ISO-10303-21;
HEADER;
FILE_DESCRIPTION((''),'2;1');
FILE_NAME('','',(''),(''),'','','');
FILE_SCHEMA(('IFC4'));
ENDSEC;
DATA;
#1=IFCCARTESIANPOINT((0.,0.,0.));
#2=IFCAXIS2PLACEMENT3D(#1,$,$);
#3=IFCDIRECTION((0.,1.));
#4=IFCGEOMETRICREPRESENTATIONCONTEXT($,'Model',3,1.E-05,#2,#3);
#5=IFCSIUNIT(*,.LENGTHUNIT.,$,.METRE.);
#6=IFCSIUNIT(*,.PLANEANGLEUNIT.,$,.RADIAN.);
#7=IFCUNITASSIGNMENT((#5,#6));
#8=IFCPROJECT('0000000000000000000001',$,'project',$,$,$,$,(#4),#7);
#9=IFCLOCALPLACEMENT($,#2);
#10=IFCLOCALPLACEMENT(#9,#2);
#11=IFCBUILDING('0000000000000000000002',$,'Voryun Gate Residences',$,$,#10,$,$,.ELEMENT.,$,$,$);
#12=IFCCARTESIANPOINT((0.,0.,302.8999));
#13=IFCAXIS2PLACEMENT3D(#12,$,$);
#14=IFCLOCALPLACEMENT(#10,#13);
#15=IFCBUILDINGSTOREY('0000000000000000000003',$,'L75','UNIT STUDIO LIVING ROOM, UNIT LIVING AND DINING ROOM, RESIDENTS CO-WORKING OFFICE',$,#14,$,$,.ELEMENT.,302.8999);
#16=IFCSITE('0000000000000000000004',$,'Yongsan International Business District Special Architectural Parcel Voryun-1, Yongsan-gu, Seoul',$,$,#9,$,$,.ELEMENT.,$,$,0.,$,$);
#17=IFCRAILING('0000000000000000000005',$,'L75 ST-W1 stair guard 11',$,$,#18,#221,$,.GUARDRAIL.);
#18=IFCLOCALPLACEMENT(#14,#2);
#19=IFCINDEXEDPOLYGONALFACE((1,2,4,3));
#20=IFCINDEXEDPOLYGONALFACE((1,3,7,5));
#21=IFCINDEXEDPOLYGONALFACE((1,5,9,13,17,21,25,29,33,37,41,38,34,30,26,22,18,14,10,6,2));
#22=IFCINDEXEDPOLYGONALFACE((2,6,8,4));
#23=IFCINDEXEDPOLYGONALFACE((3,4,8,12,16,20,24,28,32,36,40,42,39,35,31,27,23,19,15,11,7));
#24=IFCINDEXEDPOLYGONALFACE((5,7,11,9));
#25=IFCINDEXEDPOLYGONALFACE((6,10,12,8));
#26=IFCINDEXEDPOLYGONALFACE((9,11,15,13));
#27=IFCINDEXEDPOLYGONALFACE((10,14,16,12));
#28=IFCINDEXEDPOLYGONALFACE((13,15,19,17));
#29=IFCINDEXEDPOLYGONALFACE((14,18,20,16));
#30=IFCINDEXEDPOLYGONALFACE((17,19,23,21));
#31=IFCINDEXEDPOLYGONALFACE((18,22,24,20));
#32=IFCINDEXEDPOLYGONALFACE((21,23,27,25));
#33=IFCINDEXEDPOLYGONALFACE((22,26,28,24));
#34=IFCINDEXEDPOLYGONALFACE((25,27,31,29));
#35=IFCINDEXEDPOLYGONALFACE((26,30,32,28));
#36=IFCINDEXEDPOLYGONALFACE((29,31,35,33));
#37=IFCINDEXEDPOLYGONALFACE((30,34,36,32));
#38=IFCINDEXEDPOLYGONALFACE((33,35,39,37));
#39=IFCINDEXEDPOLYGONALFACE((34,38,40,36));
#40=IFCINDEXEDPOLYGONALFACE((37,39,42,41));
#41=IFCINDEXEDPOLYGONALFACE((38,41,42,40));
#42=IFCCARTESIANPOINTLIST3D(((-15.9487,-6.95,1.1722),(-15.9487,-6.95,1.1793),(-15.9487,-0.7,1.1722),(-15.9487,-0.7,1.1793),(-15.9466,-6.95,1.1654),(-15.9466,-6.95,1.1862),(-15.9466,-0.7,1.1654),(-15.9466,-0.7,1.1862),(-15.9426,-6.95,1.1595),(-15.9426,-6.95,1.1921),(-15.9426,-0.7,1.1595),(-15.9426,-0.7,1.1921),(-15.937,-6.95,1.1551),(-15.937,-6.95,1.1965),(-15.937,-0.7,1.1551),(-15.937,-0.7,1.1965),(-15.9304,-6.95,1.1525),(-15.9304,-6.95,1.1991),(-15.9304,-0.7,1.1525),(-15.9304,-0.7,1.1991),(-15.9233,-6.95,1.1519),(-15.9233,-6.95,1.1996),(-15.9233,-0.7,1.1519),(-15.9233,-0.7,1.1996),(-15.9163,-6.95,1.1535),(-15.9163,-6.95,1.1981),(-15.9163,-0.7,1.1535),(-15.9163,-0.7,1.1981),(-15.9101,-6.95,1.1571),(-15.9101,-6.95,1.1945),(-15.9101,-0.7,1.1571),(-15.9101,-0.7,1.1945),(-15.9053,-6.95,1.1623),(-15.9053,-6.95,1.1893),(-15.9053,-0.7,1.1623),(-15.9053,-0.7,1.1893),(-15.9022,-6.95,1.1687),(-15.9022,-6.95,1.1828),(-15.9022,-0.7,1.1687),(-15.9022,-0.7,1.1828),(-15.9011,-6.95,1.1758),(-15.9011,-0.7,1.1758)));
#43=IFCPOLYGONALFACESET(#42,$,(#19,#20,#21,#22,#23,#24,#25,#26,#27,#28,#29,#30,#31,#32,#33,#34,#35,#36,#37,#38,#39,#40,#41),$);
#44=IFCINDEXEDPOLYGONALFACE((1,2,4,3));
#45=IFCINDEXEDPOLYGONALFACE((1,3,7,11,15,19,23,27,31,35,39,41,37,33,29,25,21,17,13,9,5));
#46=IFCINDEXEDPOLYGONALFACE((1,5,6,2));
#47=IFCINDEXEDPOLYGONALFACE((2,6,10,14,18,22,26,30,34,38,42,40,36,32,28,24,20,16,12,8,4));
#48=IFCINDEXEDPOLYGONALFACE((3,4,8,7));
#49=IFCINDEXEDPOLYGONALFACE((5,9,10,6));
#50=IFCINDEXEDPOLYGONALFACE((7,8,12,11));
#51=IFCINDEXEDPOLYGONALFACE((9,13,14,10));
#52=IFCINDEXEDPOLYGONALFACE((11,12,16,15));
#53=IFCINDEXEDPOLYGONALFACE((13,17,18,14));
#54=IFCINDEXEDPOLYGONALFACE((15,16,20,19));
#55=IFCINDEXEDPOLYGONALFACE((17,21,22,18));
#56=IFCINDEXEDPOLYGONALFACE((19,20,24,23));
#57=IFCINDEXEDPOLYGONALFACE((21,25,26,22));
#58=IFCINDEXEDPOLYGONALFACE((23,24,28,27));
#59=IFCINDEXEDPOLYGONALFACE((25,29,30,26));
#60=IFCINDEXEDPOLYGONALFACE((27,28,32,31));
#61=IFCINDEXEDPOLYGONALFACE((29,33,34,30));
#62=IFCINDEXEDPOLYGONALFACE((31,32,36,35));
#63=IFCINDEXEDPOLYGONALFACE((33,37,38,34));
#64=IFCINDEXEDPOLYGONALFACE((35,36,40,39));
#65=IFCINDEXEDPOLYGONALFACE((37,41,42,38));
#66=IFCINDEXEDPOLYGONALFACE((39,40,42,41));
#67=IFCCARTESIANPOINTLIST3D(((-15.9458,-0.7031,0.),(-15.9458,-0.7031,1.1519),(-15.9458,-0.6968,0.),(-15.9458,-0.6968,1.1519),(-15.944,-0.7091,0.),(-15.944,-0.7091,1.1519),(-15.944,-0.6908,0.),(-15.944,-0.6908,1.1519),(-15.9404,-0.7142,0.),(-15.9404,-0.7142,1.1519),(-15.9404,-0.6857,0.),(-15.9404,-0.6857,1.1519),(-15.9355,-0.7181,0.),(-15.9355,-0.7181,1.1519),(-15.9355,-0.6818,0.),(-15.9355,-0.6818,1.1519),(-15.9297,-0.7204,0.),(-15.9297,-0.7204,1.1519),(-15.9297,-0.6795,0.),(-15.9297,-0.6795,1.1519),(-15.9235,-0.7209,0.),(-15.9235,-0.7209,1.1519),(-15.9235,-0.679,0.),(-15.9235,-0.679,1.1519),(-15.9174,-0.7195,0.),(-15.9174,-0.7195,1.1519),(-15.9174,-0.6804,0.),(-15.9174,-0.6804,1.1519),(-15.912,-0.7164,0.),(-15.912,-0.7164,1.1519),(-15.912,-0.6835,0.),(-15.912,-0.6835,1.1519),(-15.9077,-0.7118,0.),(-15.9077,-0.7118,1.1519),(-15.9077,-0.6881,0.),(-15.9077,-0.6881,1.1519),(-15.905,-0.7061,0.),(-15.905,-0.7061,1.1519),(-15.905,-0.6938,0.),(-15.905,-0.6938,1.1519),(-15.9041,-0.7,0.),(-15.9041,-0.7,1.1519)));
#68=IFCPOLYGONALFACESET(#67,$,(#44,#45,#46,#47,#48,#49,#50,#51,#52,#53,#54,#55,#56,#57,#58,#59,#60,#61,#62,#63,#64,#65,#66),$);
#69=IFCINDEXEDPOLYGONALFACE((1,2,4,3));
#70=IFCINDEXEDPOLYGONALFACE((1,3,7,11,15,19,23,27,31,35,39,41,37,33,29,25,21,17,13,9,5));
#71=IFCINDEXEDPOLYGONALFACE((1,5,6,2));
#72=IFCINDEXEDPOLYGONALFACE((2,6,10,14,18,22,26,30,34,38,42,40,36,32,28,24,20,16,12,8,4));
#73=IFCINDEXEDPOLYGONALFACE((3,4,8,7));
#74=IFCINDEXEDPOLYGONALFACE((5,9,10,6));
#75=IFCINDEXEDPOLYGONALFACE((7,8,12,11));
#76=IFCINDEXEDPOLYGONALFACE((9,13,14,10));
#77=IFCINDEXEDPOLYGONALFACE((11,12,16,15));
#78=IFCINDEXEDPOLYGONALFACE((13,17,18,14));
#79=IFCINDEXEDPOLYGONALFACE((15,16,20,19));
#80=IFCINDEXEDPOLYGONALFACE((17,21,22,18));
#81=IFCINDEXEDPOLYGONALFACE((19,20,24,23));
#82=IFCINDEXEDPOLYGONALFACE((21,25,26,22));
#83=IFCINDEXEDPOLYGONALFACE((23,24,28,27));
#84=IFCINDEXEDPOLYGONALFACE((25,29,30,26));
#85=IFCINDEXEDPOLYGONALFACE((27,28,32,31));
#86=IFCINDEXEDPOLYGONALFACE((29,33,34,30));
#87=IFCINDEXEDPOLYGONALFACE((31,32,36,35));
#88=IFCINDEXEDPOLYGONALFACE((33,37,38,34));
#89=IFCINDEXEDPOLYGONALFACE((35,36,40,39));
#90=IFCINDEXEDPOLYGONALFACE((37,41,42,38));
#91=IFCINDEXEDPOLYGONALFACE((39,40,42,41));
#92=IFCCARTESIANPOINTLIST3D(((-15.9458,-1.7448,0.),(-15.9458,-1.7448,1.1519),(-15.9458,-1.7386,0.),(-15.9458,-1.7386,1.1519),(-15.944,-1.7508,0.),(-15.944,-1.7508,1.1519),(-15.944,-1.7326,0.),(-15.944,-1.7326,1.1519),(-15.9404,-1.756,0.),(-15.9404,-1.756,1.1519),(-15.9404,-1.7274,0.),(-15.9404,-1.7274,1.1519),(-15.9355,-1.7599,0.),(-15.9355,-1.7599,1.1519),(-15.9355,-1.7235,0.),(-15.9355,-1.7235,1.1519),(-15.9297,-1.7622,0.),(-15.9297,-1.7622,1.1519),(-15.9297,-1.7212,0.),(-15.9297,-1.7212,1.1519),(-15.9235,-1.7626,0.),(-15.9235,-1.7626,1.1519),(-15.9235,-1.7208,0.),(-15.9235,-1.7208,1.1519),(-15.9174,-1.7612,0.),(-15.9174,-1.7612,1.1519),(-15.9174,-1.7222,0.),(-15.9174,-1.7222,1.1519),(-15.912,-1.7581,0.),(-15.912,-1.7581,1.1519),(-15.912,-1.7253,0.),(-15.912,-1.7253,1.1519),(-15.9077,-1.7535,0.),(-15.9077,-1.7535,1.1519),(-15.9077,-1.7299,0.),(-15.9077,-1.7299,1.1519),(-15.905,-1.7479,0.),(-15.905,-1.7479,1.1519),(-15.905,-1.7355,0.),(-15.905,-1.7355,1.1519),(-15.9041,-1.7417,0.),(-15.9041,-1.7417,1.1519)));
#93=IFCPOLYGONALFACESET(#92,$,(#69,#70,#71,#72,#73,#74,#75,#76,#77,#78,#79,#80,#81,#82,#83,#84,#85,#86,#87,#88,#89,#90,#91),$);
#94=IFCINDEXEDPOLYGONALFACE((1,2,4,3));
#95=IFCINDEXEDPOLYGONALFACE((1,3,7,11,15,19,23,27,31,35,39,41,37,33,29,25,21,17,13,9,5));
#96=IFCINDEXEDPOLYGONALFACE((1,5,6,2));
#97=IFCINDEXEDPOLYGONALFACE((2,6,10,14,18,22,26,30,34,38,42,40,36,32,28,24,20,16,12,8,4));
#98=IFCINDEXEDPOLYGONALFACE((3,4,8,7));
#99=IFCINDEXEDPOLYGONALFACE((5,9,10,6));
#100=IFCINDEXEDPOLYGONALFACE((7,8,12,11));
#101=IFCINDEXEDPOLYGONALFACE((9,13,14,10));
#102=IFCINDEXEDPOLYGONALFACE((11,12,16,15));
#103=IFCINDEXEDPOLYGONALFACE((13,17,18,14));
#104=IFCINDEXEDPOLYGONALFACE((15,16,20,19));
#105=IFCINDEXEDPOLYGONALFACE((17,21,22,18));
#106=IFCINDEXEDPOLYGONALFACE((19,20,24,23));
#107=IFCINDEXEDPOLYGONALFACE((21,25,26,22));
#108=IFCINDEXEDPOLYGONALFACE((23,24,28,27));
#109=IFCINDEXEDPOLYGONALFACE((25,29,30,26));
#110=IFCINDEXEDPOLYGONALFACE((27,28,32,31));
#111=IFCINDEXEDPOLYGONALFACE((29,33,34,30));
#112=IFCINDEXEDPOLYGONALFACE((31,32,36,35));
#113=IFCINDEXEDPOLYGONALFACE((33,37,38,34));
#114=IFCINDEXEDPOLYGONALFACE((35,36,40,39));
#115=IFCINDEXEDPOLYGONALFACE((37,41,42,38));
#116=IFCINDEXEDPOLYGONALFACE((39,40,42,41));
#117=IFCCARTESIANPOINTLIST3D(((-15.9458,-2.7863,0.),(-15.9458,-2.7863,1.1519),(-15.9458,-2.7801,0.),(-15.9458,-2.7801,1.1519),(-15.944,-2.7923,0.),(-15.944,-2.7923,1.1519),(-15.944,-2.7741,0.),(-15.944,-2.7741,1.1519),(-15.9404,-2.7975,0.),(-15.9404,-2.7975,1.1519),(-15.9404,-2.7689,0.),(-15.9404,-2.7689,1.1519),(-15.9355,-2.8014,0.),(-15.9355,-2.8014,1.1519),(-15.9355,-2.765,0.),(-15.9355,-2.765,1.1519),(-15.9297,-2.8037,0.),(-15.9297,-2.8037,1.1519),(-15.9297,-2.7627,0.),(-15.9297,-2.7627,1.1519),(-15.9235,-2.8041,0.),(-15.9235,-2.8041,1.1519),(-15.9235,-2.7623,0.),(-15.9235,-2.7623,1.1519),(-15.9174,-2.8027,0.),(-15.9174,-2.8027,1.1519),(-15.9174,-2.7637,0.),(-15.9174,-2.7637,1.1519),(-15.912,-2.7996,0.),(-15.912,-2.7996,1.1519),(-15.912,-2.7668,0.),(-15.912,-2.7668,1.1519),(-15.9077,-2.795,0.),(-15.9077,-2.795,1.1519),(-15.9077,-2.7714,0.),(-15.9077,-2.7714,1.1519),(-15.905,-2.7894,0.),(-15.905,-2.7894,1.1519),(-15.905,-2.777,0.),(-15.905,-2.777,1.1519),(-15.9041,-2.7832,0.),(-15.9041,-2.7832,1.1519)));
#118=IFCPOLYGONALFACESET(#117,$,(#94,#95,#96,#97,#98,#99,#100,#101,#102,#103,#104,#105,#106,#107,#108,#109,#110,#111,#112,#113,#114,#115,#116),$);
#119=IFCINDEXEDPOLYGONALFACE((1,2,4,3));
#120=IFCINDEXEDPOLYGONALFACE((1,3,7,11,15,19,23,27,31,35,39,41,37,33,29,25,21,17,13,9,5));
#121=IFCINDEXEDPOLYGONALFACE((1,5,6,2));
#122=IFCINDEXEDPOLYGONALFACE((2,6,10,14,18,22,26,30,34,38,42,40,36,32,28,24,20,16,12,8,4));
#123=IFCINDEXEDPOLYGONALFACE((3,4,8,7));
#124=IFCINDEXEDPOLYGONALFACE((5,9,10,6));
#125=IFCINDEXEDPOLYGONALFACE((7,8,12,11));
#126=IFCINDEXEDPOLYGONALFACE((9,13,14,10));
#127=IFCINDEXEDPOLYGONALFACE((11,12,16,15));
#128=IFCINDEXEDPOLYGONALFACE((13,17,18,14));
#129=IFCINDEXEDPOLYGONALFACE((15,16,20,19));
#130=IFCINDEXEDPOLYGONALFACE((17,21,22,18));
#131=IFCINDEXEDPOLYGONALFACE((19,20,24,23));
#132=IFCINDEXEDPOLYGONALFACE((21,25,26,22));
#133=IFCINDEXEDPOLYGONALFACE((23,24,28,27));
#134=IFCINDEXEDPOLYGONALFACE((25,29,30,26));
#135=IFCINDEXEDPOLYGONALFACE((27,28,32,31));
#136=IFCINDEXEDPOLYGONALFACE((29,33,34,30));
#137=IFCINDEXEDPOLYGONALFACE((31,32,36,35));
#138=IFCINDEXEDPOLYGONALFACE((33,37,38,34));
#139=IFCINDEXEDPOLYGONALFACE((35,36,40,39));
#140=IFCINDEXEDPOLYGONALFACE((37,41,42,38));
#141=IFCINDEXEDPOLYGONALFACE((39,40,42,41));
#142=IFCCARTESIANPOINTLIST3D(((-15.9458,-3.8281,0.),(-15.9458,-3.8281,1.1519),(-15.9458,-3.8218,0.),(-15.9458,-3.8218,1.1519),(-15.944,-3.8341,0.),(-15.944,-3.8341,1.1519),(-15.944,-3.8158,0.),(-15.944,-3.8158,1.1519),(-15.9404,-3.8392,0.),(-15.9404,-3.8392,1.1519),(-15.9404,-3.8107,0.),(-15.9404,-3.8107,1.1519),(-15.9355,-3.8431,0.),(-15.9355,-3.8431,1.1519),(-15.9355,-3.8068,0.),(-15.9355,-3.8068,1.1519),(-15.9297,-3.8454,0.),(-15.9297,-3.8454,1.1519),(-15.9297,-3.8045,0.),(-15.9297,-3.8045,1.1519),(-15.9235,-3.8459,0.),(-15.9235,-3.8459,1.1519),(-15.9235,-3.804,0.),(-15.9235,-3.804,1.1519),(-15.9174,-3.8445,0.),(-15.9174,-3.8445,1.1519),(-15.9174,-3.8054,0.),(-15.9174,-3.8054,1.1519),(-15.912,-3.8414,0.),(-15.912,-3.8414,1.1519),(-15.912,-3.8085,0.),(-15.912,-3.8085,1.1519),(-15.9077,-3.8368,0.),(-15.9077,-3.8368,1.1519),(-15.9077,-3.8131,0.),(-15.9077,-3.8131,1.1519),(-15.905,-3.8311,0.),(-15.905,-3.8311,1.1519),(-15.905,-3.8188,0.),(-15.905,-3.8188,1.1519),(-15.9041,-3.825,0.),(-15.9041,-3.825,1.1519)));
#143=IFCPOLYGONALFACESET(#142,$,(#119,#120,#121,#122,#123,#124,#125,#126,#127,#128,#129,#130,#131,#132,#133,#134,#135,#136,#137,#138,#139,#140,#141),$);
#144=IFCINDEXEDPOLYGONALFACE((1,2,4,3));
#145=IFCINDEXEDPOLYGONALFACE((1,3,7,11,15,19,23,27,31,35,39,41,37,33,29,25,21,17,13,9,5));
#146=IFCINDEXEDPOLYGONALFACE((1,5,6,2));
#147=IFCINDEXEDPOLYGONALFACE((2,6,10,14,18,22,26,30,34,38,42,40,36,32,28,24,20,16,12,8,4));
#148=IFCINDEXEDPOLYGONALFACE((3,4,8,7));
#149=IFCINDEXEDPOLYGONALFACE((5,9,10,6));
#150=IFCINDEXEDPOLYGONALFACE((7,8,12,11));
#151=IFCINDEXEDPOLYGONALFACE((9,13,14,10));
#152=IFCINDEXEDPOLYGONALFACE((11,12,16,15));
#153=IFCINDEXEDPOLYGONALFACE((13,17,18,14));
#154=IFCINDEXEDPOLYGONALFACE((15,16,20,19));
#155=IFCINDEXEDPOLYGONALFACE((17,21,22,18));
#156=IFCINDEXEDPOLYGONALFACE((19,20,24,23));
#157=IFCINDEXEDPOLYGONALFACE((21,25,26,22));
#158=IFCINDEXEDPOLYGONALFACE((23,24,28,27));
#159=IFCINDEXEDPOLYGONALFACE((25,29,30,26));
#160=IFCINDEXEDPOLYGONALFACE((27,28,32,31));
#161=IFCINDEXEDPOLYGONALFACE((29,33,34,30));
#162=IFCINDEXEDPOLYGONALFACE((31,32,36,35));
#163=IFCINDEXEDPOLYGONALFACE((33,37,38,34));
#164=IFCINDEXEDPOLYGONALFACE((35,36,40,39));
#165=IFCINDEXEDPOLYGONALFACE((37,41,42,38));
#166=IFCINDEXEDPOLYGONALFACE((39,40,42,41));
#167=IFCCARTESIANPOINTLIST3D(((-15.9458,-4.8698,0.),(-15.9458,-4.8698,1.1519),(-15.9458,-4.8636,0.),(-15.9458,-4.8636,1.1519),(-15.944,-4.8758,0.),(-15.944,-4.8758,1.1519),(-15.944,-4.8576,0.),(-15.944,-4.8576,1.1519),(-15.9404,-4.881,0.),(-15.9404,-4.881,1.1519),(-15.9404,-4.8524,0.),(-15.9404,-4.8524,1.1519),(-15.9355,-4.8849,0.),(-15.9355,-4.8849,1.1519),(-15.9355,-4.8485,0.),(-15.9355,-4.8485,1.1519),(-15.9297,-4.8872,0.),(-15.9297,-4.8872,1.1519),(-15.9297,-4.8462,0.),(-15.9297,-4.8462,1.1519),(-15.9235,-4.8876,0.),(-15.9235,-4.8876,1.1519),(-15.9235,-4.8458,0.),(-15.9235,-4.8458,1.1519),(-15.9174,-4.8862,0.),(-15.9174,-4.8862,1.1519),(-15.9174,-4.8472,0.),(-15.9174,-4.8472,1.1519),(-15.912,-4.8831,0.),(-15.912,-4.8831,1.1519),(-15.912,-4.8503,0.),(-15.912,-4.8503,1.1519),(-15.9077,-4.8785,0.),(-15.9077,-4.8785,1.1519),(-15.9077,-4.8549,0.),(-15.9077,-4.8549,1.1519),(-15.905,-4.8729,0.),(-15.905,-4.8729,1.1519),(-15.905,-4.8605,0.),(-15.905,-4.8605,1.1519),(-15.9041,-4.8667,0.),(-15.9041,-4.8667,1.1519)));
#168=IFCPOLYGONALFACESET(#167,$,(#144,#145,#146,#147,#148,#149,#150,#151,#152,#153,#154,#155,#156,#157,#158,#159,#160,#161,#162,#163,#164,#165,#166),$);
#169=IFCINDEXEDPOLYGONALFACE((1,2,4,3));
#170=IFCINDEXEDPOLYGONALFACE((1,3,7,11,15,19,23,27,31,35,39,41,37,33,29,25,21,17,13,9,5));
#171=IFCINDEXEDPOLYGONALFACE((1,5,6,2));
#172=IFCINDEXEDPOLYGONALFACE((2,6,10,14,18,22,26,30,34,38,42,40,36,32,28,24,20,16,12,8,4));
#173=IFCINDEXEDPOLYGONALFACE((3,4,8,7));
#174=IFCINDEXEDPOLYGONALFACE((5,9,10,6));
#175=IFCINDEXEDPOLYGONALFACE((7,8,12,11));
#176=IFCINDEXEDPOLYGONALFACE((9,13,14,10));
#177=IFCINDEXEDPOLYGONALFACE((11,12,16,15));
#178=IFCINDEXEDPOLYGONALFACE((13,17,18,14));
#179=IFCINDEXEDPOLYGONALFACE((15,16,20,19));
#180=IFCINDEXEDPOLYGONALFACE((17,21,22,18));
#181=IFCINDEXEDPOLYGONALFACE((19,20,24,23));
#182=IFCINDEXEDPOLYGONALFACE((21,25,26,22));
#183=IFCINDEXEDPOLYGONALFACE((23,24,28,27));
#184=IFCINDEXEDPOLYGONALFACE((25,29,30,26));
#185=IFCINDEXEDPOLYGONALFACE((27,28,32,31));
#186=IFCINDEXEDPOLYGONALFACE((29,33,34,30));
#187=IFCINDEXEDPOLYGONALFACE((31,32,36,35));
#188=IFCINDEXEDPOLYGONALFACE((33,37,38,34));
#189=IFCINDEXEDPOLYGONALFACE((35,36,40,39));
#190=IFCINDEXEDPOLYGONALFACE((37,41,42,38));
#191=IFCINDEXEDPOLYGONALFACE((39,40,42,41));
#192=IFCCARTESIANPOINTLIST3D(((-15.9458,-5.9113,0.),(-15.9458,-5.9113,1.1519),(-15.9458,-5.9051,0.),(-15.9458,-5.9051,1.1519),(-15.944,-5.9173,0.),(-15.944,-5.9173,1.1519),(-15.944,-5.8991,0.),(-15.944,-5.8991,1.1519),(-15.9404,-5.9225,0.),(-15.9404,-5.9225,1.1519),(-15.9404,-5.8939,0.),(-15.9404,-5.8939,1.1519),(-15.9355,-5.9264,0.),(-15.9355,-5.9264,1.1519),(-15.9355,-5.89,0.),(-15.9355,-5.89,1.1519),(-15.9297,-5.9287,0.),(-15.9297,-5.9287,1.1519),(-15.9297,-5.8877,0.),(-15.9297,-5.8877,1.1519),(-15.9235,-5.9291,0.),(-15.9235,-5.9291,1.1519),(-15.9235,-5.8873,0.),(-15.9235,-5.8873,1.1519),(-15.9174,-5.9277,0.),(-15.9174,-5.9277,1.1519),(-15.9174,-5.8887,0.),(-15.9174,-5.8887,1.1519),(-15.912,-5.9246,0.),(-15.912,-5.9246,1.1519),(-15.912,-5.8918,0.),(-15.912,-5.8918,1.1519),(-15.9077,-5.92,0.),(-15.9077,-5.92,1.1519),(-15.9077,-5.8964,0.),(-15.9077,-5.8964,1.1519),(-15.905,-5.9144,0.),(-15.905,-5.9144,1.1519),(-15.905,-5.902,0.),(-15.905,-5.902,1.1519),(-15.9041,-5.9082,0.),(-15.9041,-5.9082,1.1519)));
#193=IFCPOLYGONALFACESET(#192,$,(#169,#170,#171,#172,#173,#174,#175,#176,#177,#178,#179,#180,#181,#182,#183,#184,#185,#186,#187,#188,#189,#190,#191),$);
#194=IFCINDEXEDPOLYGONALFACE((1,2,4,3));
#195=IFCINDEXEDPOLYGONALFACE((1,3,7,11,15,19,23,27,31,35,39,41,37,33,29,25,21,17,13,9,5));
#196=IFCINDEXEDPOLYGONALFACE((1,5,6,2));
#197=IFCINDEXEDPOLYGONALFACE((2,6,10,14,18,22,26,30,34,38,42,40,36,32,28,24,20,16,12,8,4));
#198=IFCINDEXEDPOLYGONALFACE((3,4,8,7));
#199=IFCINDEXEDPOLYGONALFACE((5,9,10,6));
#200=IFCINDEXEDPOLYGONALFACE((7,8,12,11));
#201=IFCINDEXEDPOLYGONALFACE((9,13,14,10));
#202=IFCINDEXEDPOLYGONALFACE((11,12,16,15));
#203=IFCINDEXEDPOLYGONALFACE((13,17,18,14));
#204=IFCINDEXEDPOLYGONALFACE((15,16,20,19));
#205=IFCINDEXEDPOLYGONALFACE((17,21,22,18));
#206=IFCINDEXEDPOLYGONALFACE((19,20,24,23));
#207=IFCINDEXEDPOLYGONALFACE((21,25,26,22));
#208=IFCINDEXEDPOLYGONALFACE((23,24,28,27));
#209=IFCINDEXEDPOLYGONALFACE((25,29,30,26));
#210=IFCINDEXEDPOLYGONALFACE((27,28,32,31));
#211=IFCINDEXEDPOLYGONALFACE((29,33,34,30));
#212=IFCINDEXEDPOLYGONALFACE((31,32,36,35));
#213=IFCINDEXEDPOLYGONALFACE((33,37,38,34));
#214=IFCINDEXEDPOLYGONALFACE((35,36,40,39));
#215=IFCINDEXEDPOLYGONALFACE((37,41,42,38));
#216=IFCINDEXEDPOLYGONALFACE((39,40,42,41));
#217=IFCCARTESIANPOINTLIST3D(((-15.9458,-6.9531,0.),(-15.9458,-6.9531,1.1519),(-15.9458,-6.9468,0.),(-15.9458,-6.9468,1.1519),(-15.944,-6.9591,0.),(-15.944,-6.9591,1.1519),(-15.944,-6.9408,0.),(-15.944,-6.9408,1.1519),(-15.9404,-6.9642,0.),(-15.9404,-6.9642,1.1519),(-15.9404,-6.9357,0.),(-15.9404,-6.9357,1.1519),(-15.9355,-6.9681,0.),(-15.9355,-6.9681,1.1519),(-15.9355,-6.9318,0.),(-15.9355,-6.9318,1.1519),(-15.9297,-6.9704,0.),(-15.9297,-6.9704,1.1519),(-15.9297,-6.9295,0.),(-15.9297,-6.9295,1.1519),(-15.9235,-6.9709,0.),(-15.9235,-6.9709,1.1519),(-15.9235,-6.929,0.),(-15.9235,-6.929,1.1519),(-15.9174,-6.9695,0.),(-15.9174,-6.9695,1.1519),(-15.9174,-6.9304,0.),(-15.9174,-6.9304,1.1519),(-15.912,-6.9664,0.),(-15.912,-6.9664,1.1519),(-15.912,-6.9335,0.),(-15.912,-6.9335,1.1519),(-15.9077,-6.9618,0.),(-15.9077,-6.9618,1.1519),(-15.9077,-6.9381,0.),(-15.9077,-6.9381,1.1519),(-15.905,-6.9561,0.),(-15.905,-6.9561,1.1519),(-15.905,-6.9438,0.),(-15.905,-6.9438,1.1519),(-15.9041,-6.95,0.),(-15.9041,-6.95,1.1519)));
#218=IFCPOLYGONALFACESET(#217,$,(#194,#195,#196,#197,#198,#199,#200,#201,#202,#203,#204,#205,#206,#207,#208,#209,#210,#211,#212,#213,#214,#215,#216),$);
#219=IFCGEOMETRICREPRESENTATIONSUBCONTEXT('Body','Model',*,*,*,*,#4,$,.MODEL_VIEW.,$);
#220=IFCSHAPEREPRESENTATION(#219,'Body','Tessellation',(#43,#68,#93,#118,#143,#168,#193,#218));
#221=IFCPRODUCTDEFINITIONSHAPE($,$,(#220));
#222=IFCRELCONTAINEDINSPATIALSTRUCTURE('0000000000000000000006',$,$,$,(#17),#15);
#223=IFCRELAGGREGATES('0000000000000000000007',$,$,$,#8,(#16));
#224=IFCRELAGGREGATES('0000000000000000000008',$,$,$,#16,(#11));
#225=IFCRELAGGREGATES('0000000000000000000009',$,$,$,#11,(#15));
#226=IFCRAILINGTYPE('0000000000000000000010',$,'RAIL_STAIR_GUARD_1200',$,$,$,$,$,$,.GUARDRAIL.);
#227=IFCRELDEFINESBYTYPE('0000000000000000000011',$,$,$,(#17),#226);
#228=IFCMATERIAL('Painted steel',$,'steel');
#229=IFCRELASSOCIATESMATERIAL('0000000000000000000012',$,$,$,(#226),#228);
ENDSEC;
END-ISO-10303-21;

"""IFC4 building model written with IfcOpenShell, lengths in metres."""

from ifc_helpers import new_model, si_unit, direction, frame, origin, origin_2d, place, context, subcontext, project, spatial, circle, extrude, material, type_object, element, save


model = new_model("IFC4")

# Units and contexts
model_context = context("Model", 3, precision=1e-05, world=origin(), true_north=direction((0.0, 1.0)))
body_context = subcontext(model_context, "Body", "Model", "MODEL_VIEW")
ifc_project = project(units=[si_unit("LENGTHUNIT", "METRE"), si_unit("PLANEANGLEUNIT", "RADIAN")], contexts=[model_context])

# Site, building, storey
site_placement = place(None, origin())
site = spatial("IfcSite", under=ifc_project, at=site_placement, Name="Yongsan International Business District Special Architectural Parcel Voryun-1, Yongsan-gu, Seoul", CompositionType="ELEMENT", RefElevation=0.0)
building_placement = place(site_placement, origin())
building = spatial("IfcBuilding", under=site, at=building_placement, Name="Voryun Gate Residences", CompositionType="ELEMENT")
storey_placement = place(building_placement, frame((0.0, 0.0, 302.8999)))
storey = spatial("IfcBuildingStorey", under=building, at=storey_placement, Name="L75", Description="UNIT STUDIO LIVING ROOM, UNIT LIVING AND DINING ROOM, RESIDENTS CO-WORKING OFFICE", CompositionType="ELEMENT", Elevation=302.8999)

# Railing
ifc_material_1 = material(Name="Painted steel", Category="steel")
railing_type = type_object("IfcRailingType", Name="RAIL_STAIR_GUARD_1200", PredefinedType="GUARDRAIL", material=ifc_material_1)
railing_1_placement = place(storey_placement, frame((-15.925, -0.7, 0.0)))
element("IfcRailing", 1, at=railing_1_placement, inside=storey, type_object=railing_type, Name="L75 ST-W1 stair guard 11", PredefinedType="GUARDRAIL", context=body_context, shape_type="SweptSolid", body=[
    extrude(circle(Radius=0.0239, at=origin_2d()), frame((0.0, 0.0, 1.1758), z_axis=(0.0, -1.0, 0.0), x_axis=(1.0, 0.0, 0.0)), (0.0, 0.0, 1.0), 6.25),
    extrude(circle(Radius=0.021, at=origin_2d()), origin(), (0.0, 0.0, 1.0), 1.1519),
    extrude(circle(Radius=0.021, at=origin_2d()), frame((0.0, -1.0417, 0.0)), (0.0, 0.0, 1.0), 1.1519),
    extrude(circle(Radius=0.021, at=origin_2d()), frame((0.0, -2.0833, 0.0)), (0.0, 0.0, 1.0), 1.1519),
    extrude(circle(Radius=0.021, at=origin_2d()), frame((0.0, -3.125, 0.0)), (0.0, 0.0, 1.0), 1.1519),
    extrude(circle(Radius=0.021, at=origin_2d()), frame((0.0, -4.1667, 0.0)), (0.0, 0.0, 1.0), 1.1519),
    extrude(circle(Radius=0.021, at=origin_2d()), frame((0.0, -5.2083, 0.0)), (0.0, 0.0, 1.0), 1.1519),
    extrude(circle(Radius=0.021, at=origin_2d()), frame((0.0, -6.25, 0.0)), (0.0, 0.0, 1.0), 1.1519),
])

save(model, "model.ifc")
